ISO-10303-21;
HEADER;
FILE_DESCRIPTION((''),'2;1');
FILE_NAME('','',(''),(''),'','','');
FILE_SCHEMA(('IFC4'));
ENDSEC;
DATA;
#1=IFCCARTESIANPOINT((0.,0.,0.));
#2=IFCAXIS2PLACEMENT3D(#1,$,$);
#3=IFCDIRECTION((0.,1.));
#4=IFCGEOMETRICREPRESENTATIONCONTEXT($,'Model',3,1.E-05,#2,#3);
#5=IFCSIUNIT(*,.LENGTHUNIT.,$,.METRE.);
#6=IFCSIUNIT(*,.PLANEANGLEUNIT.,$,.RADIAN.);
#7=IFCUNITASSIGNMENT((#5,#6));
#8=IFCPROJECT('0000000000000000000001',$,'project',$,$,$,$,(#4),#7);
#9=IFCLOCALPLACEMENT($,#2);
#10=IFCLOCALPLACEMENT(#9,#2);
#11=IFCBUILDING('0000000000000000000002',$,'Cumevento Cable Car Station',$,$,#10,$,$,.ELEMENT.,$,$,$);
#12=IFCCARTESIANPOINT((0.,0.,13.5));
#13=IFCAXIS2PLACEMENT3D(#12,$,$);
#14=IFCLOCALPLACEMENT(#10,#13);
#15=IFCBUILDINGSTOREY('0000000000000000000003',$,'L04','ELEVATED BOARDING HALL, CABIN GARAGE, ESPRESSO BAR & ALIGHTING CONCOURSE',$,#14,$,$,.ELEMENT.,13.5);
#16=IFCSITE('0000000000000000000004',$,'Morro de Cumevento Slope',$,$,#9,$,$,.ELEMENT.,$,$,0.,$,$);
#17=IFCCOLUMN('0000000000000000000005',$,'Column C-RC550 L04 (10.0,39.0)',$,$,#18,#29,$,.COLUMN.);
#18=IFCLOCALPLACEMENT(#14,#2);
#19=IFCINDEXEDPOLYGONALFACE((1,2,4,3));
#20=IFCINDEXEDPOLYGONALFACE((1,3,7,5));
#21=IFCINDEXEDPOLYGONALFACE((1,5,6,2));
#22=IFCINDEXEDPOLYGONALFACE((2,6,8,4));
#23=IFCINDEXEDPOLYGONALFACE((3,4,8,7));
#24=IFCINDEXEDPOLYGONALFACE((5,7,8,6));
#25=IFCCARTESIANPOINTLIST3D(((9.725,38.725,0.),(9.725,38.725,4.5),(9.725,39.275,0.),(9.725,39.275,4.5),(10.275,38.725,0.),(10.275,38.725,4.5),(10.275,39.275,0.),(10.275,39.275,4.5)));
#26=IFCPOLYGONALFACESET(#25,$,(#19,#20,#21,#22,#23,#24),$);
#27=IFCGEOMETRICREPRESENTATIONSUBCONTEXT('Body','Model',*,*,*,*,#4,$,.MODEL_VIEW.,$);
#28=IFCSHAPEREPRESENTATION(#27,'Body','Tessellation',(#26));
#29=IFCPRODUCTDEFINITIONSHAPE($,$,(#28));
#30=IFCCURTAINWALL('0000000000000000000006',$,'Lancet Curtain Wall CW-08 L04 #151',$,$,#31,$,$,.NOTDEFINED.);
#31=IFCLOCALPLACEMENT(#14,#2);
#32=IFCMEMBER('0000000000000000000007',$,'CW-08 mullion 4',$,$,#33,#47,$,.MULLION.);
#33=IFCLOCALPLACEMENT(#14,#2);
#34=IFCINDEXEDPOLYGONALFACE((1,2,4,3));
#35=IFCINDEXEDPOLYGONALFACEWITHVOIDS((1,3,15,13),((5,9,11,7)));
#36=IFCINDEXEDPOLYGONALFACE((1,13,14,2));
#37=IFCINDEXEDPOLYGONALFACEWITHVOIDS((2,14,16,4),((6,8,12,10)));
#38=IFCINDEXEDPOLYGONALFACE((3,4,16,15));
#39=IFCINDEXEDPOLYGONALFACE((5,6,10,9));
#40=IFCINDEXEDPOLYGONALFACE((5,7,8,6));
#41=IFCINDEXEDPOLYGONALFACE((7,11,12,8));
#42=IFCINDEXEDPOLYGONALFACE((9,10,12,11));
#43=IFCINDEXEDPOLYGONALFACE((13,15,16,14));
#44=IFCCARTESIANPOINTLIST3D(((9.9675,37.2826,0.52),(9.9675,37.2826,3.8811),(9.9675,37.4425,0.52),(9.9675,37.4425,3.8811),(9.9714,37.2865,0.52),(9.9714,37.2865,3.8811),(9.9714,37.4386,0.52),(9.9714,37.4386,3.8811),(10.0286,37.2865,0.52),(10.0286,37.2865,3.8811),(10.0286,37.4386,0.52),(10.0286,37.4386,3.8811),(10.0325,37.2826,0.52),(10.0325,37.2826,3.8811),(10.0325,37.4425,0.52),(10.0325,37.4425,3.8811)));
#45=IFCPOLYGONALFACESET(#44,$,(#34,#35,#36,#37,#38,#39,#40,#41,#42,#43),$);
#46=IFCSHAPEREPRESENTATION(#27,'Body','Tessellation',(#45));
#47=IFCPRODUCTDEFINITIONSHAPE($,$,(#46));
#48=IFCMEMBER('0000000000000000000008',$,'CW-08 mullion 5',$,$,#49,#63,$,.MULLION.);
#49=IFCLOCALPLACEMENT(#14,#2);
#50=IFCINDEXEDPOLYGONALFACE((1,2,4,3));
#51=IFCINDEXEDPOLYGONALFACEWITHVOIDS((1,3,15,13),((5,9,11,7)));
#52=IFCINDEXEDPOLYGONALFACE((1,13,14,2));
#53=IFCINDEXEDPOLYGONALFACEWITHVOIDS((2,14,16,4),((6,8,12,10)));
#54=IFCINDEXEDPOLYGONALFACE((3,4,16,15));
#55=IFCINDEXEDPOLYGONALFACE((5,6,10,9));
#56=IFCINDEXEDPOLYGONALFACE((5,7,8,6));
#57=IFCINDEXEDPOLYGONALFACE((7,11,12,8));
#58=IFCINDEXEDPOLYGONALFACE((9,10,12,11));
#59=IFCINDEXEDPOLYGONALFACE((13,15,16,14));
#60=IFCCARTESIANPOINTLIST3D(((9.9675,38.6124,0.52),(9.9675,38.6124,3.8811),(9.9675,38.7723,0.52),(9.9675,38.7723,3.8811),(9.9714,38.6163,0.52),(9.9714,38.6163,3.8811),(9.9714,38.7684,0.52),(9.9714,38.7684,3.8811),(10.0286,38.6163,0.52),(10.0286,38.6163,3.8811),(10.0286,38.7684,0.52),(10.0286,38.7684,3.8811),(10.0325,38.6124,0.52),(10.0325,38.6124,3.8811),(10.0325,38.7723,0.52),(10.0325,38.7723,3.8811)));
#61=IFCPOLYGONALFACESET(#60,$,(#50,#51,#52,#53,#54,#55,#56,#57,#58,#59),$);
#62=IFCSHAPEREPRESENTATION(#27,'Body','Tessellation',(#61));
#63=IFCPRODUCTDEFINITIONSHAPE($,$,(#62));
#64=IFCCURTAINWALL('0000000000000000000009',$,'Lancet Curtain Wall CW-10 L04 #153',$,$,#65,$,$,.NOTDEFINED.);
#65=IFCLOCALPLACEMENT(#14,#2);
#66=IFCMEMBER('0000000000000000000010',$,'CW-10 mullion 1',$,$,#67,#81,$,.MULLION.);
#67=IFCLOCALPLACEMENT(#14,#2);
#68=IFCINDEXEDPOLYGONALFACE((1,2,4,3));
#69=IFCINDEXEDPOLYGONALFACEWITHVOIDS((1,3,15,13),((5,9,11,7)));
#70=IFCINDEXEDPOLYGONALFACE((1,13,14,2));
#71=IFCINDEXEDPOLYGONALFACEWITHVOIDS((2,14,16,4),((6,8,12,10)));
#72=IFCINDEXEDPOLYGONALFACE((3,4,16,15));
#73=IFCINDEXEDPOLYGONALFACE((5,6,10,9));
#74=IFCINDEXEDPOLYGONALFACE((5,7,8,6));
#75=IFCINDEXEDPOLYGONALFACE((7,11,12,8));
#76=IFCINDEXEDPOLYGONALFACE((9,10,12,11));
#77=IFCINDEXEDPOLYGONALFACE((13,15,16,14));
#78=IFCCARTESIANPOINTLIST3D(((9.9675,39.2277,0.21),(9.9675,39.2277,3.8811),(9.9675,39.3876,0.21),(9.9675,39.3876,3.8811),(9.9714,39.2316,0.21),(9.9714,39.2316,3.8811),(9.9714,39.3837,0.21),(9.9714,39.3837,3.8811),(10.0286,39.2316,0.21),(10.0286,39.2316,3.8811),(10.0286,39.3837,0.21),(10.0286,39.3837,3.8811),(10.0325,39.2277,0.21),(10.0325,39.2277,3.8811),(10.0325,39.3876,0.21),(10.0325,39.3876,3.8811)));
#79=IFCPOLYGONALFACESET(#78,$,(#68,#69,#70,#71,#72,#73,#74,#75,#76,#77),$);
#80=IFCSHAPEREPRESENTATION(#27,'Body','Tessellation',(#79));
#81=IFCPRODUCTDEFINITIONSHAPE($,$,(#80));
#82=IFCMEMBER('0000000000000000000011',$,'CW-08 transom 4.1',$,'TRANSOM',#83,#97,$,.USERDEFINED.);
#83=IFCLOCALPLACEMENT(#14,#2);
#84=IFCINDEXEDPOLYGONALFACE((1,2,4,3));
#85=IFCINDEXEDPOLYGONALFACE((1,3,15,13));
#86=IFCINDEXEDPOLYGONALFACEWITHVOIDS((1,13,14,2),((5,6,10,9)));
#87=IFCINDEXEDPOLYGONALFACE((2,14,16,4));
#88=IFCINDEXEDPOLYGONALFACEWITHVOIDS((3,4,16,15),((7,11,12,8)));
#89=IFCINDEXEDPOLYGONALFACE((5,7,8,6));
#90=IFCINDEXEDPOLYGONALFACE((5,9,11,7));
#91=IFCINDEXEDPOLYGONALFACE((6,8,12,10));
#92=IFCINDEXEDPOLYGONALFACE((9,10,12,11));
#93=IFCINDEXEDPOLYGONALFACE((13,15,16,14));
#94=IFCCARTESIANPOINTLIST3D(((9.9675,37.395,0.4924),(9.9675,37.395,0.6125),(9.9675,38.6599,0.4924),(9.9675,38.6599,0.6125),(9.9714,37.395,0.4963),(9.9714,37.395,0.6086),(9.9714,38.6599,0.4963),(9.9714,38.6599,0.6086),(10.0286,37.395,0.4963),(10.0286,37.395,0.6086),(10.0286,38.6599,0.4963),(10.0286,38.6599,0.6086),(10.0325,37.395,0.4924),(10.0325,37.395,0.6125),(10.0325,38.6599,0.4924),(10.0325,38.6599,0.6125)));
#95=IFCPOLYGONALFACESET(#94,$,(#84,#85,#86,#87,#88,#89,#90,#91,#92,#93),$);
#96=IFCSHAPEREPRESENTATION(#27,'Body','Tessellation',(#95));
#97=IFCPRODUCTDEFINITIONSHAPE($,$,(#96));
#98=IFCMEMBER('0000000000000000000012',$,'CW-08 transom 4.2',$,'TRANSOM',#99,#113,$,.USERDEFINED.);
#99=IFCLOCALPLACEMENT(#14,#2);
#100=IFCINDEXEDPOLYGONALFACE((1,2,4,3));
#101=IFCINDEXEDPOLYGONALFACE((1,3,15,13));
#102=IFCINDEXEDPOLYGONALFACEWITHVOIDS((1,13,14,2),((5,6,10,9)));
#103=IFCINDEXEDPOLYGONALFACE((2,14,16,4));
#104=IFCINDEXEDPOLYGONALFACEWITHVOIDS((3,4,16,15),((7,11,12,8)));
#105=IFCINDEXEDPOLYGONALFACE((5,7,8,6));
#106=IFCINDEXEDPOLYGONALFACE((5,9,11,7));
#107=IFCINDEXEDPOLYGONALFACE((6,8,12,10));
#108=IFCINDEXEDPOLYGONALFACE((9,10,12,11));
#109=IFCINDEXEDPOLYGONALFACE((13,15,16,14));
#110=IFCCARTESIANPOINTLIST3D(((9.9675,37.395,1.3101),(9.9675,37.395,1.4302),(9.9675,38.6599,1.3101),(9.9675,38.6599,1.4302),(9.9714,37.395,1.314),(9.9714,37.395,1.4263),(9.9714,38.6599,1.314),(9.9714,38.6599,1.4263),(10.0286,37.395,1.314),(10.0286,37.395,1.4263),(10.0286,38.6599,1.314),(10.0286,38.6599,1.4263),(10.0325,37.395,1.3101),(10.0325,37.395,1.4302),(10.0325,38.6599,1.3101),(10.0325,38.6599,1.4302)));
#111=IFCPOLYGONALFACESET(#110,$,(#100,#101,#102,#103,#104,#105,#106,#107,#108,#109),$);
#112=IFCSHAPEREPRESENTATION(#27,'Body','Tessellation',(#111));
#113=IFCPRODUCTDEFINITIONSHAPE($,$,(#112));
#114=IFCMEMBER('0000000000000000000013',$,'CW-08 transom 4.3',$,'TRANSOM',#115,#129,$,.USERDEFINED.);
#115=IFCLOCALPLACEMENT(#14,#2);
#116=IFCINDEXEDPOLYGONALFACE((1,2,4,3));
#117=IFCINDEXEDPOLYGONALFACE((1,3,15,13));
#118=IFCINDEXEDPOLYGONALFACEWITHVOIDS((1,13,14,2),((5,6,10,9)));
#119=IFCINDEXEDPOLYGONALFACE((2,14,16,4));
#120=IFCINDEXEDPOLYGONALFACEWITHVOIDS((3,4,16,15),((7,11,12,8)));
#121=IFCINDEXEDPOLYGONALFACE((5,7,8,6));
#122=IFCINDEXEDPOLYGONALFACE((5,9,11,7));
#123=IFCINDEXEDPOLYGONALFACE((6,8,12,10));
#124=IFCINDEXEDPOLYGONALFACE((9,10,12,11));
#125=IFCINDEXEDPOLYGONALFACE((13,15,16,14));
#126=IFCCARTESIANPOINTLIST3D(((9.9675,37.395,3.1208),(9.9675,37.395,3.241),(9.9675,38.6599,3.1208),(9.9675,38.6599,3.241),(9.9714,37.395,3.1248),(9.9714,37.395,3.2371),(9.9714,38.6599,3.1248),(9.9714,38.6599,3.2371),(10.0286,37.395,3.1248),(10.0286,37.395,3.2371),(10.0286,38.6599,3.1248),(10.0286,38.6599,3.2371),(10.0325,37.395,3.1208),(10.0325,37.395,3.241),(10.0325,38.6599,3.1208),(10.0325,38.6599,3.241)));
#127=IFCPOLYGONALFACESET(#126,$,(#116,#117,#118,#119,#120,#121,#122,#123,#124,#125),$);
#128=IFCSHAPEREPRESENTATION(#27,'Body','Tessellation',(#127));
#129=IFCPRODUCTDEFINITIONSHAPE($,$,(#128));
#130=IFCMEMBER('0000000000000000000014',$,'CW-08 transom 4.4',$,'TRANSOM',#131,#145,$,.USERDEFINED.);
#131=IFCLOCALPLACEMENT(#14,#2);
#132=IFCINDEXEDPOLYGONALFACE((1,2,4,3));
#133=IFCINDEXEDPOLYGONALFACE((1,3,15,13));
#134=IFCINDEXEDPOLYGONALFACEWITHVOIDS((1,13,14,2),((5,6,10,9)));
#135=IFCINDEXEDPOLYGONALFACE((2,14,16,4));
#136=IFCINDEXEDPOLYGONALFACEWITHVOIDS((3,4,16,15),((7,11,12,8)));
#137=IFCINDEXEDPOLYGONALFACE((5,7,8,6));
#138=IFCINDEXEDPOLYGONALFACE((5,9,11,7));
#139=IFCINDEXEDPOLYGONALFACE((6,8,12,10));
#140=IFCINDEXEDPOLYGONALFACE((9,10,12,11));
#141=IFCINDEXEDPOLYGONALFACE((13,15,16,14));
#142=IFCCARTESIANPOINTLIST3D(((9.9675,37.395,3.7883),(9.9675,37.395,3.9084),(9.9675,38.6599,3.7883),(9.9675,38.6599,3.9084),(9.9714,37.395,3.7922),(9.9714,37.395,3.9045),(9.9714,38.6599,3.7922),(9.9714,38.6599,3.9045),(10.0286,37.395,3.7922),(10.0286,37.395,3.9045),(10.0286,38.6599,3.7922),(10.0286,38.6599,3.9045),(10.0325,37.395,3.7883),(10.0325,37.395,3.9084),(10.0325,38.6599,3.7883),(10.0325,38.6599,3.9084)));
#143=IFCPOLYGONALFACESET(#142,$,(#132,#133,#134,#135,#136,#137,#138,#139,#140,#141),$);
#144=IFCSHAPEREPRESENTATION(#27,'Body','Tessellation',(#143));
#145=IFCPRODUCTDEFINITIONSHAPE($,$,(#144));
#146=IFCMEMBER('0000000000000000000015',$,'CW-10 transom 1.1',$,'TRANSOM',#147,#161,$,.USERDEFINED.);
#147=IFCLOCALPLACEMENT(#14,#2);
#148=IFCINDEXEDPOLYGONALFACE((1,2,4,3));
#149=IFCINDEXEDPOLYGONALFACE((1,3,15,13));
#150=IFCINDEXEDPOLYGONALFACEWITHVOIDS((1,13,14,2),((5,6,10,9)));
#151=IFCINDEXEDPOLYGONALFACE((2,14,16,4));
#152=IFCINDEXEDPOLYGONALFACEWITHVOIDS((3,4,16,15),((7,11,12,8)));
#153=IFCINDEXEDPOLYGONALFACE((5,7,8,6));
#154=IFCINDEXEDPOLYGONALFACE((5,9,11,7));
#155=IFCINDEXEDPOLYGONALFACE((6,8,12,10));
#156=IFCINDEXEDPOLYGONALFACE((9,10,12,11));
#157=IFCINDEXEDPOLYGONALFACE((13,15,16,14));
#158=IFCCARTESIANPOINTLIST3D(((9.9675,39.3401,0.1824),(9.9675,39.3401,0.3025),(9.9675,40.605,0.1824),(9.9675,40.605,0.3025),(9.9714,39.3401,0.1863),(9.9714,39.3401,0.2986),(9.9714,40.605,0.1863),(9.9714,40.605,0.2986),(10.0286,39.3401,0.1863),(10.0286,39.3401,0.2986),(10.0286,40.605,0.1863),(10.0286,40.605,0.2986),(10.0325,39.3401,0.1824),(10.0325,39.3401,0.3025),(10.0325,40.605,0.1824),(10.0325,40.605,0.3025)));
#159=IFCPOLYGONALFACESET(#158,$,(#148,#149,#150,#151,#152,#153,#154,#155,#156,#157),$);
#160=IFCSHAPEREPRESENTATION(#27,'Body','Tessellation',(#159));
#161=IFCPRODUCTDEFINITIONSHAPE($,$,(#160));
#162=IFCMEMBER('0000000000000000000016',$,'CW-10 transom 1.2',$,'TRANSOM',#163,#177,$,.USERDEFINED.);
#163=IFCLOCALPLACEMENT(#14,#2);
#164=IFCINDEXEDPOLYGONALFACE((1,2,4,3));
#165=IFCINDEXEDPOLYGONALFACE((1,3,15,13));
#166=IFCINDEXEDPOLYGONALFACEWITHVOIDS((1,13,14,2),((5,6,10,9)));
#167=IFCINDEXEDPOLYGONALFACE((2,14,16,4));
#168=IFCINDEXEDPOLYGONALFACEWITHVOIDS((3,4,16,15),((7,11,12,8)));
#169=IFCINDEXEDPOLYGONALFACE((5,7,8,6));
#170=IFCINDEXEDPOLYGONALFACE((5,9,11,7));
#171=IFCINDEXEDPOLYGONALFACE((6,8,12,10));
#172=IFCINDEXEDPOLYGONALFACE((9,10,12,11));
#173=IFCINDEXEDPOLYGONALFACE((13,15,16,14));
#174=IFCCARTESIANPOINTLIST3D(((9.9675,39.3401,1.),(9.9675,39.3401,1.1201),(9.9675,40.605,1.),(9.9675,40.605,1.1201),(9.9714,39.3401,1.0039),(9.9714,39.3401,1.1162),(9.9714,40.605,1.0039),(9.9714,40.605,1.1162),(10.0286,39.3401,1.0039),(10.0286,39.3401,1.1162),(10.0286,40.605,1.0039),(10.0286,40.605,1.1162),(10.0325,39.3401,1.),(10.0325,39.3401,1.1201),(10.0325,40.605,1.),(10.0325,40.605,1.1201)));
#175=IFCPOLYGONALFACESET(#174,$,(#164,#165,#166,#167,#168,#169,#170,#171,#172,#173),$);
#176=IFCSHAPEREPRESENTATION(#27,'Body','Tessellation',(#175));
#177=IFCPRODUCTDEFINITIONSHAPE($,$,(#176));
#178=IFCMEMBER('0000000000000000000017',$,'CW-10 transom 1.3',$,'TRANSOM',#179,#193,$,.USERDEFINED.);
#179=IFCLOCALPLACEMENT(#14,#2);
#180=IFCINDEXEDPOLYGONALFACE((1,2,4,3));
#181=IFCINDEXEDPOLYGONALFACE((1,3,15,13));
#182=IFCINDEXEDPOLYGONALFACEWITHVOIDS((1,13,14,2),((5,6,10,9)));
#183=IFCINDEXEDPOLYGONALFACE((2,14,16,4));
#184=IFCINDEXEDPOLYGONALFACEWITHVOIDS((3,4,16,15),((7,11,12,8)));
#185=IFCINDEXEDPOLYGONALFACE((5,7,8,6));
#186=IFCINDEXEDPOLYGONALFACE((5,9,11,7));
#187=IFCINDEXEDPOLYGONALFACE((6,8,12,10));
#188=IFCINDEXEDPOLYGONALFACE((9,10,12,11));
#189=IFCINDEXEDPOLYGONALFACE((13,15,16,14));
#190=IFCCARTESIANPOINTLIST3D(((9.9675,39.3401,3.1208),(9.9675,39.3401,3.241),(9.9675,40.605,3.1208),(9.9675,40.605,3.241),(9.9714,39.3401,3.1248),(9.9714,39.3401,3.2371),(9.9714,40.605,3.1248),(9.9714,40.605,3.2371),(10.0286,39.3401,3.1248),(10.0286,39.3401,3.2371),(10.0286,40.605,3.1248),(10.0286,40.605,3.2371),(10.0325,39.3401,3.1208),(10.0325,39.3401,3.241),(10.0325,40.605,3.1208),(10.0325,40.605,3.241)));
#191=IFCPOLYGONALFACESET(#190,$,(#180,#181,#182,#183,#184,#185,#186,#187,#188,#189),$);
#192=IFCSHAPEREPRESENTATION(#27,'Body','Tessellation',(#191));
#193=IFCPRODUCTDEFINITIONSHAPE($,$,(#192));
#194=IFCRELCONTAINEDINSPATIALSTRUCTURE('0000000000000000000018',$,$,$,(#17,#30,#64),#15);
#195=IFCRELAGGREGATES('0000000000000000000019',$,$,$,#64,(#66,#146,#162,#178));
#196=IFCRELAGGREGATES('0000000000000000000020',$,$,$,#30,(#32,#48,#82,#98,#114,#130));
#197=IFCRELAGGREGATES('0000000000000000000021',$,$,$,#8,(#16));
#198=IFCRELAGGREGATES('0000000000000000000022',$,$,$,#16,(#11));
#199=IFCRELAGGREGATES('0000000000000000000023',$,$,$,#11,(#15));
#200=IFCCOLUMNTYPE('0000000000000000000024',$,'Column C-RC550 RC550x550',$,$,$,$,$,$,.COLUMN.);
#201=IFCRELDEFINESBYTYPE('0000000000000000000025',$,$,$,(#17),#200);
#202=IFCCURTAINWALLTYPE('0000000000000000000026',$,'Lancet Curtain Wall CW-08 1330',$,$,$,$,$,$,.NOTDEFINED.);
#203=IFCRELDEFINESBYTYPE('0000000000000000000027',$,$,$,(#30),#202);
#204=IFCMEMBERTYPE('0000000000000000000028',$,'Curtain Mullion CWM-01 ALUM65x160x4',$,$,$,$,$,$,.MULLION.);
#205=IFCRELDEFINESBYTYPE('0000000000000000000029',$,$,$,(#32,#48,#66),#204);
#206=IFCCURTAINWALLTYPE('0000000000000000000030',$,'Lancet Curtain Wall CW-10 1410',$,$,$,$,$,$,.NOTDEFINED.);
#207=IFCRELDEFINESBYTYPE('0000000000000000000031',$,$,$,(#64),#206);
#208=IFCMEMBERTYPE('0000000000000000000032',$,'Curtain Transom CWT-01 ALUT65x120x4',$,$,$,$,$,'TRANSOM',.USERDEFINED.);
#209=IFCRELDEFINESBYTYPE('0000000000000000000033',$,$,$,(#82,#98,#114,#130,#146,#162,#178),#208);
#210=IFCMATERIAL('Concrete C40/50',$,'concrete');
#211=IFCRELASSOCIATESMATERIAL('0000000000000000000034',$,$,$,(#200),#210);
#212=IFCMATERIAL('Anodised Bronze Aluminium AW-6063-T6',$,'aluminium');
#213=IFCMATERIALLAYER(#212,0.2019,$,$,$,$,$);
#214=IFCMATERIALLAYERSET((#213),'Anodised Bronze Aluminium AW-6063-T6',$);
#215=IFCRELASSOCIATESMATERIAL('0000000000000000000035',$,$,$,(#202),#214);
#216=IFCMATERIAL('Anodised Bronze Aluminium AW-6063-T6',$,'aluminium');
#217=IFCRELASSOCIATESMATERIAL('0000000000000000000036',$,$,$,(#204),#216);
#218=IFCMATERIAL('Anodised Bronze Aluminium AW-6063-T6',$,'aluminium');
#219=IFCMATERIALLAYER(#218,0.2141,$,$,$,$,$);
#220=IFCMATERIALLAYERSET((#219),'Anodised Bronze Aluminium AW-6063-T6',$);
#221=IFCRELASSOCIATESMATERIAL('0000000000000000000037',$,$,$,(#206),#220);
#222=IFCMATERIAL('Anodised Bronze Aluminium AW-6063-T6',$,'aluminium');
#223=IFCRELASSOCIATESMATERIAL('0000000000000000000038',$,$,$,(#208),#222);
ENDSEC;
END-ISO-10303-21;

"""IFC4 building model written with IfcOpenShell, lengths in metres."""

from ifc_helpers import new_model, si_unit, direction, frame, origin, origin_2d, place, context, subcontext, project, spatial, rectangle, hollow_rectangle, extrude, material, layer, layer_set, material_profile, profile_set, type_object, element, aggregate, save


model = new_model("IFC4")

# Units and contexts
model_context = context("Model", 3, precision=1e-05, world=origin(), true_north=direction((0.0, 1.0)))
body_context = subcontext(model_context, "Body", "Model", "MODEL_VIEW")
ifc_project = project(units=[si_unit("LENGTHUNIT", "METRE"), si_unit("PLANEANGLEUNIT", "RADIAN")], contexts=[model_context])

# Site, building, storey
site_placement = place(None, origin())
site = spatial("IfcSite", under=ifc_project, at=site_placement, Name="Morro de Cumevento Slope", CompositionType="ELEMENT", RefElevation=0.0)
building_placement = place(site_placement, origin())
building = spatial("IfcBuilding", under=site, at=building_placement, Name="Cumevento Cable Car Station", CompositionType="ELEMENT")
storey_placement = place(building_placement, frame((0.0, 0.0, 13.5)))
storey = spatial("IfcBuildingStorey", under=building, at=storey_placement, Name="L04", Description="ELEVATED BOARDING HALL, CABIN GARAGE, ESPRESSO BAR & ALIGHTING CONCOURSE", CompositionType="ELEMENT", Elevation=13.5)

# Column
ifc_material_1 = material(Name="Concrete C40/50", Category="concrete")
ifc_material_profile_1 = material_profile(ifc_material_1, rectangle(XDim=0.55, YDim=0.55, at=origin_2d()), Name="RC550x550")
ifc_profile_set_1 = profile_set([ifc_material_profile_1], Name="Concrete C40/50")
column_type = type_object("IfcColumnType", Name="Column C-RC550 RC550x550", PredefinedType="COLUMN", material=ifc_profile_set_1)
column_placement = place(storey_placement, frame((10.0, 39.0, 0.0), z_axis=(0.0, 0.0, 1.0), x_axis=(1.0, 0.0, 0.0)))
element("IfcColumn", 1, at=column_placement, inside=storey, type_object=column_type, Name="Column C-RC550 L04 (10.0,39.0)", PredefinedType="COLUMN", context=body_context, shape_type="SweptSolid", body=[
    extrude(rectangle(XDim=0.55, YDim=0.55, at=origin_2d()), origin(), (0.0, 0.0, 1.0), 4.5),
])

# Curtain wall, members
ifc_material_2 = material(Name="Anodised Bronze Aluminium AW-6063-T6", Category="aluminium")
ifc_layer_1 = layer(ifc_material_2, 0.2019)
ifc_layer_set_1 = layer_set([ifc_layer_1], Name="Anodised Bronze Aluminium AW-6063-T6")
curtain_wall_type_1 = type_object("IfcCurtainWallType", Name="Lancet Curtain Wall CW-08 1330", PredefinedType="NOTDEFINED", material=ifc_layer_set_1)
curtain_wall_1_placement = place(storey_placement, origin())
curtain_wall_1 = element("IfcCurtainWall", 2, at=curtain_wall_1_placement, inside=storey, type_object=curtain_wall_type_1, Name="Lancet Curtain Wall CW-08 L04 #151", PredefinedType="NOTDEFINED")
ifc_material_3 = material(Name="Anodised Bronze Aluminium AW-6063-T6", Category="aluminium")
ifc_material_profile_2 = material_profile(ifc_material_3, hollow_rectangle(XDim=0.0649, YDim=0.1599, WallThickness=0.0039, at=origin_2d()), Name="ALUM65x160x4")
ifc_profile_set_2 = profile_set([ifc_material_profile_2], Name="Anodised Bronze Aluminium AW-6063-T6")
member_type_1 = type_object("IfcMemberType", Name="Curtain Mullion CWM-01 ALUM65x160x4", PredefinedType="MULLION", material=ifc_profile_set_2)
member_1_placement = place(storey_placement, frame((10.0, 37.3625, 0.52), z_axis=(0.0, 0.0, 1.0), x_axis=(-1.0, 0.0, 0.0)))
member_1 = element("IfcMember", 3, at=member_1_placement, type_object=member_type_1, Name="CW-08 mullion 4", PredefinedType="MULLION", context=body_context, shape_type="SweptSolid", body=[
    extrude(hollow_rectangle(XDim=0.0649, YDim=0.1599, WallThickness=0.0039, at=origin_2d()), origin(), (0.0, 0.0, 1.0), 3.3611),
])
member_2_placement = place(storey_placement, frame((10.0, 38.6924, 0.52), z_axis=(0.0, 0.0, 1.0), x_axis=(-1.0, 0.0, 0.0)))
member_2 = element("IfcMember", 4, at=member_2_placement, type_object=member_type_1, Name="CW-08 mullion 5", PredefinedType="MULLION", context=body_context, shape_type="SweptSolid", body=[
    extrude(hollow_rectangle(XDim=0.0649, YDim=0.1599, WallThickness=0.0039, at=origin_2d()), origin(), (0.0, 0.0, 1.0), 3.3611),
])

# Curtain wall, member
ifc_material_4 = material(Name="Anodised Bronze Aluminium AW-6063-T6", Category="aluminium")
ifc_layer_2 = layer(ifc_material_4, 0.2141)
ifc_layer_set_2 = layer_set([ifc_layer_2], Name="Anodised Bronze Aluminium AW-6063-T6")
curtain_wall_type_2 = type_object("IfcCurtainWallType", Name="Lancet Curtain Wall CW-10 1410", PredefinedType="NOTDEFINED", material=ifc_layer_set_2)
curtain_wall_2_placement = place(storey_placement, origin())
curtain_wall_2 = element("IfcCurtainWall", 5, at=curtain_wall_2_placement, inside=storey, type_object=curtain_wall_type_2, Name="Lancet Curtain Wall CW-10 L04 #153", PredefinedType="NOTDEFINED")
member_3_placement = place(storey_placement, frame((10.0, 39.3076, 0.21), z_axis=(0.0, 0.0, 1.0), x_axis=(-1.0, 0.0, 0.0)))
member_3 = element("IfcMember", 6, at=member_3_placement, type_object=member_type_1, Name="CW-10 mullion 1", PredefinedType="MULLION", context=body_context, shape_type="SweptSolid", body=[
    extrude(hollow_rectangle(XDim=0.0649, YDim=0.1599, WallThickness=0.0039, at=origin_2d()), origin(), (0.0, 0.0, 1.0), 3.6711),
])

# Members
ifc_material_5 = material(Name="Anodised Bronze Aluminium AW-6063-T6", Category="aluminium")
ifc_material_profile_3 = material_profile(ifc_material_5, hollow_rectangle(XDim=0.0649, YDim=0.1201, WallThickness=0.0039, at=origin_2d()), Name="ALUT65x120x4")
ifc_profile_set_3 = profile_set([ifc_material_profile_3], Name="Anodised Bronze Aluminium AW-6063-T6")
member_type_2 = type_object("IfcMemberType", Name="Curtain Transom CWT-01 ALUT65x120x4", ElementType="TRANSOM", PredefinedType="USERDEFINED", material=ifc_profile_set_3)
member_4_placement = place(storey_placement, frame((10.0, 37.395, 0.5525), z_axis=(0.0, 1.0, 0.0), x_axis=(-1.0, 0.0, 0.0)))
member_4 = element("IfcMember", 7, at=member_4_placement, type_object=member_type_2, Name="CW-08 transom 4.1", ObjectType="TRANSOM", PredefinedType="USERDEFINED", context=body_context, shape_type="SweptSolid", body=[
    extrude(hollow_rectangle(XDim=0.0649, YDim=0.1201, WallThickness=0.0039, at=origin_2d()), origin(), (0.0, 0.0, 1.0), 1.2649),
])
member_5_placement = place(storey_placement, frame((10.0, 37.395, 1.3701), z_axis=(0.0, 1.0, 0.0), x_axis=(-1.0, 0.0, 0.0)))
member_5 = element("IfcMember", 8, at=member_5_placement, type_object=member_type_2, Name="CW-08 transom 4.2", ObjectType="TRANSOM", PredefinedType="USERDEFINED", context=body_context, shape_type="SweptSolid", body=[
    extrude(hollow_rectangle(XDim=0.0649, YDim=0.1201, WallThickness=0.0039, at=origin_2d()), origin(), (0.0, 0.0, 1.0), 1.2649),
])
member_6_placement = place(storey_placement, frame((10.0, 37.395, 3.1809), z_axis=(0.0, 1.0, 0.0), x_axis=(-1.0, 0.0, 0.0)))
member_6 = element("IfcMember", 9, at=member_6_placement, type_object=member_type_2, Name="CW-08 transom 4.3", ObjectType="TRANSOM", PredefinedType="USERDEFINED", context=body_context, shape_type="SweptSolid", body=[
    extrude(hollow_rectangle(XDim=0.0649, YDim=0.1201, WallThickness=0.0039, at=origin_2d()), origin(), (0.0, 0.0, 1.0), 1.2649),
])
member_7_placement = place(storey_placement, frame((10.0, 37.395, 3.8484), z_axis=(0.0, 1.0, 0.0), x_axis=(-1.0, 0.0, 0.0)))
member_7 = element("IfcMember", 10, at=member_7_placement, type_object=member_type_2, Name="CW-08 transom 4.4", ObjectType="TRANSOM", PredefinedType="USERDEFINED", context=body_context, shape_type="SweptSolid", body=[
    extrude(hollow_rectangle(XDim=0.0649, YDim=0.1201, WallThickness=0.0039, at=origin_2d()), origin(), (0.0, 0.0, 1.0), 1.2649),
])
member_8_placement = place(storey_placement, frame((10.0, 39.3401, 0.2424), z_axis=(0.0, 1.0, 0.0), x_axis=(-1.0, 0.0, 0.0)))
member_8 = element("IfcMember", 11, at=member_8_placement, type_object=member_type_2, Name="CW-10 transom 1.1", ObjectType="TRANSOM", PredefinedType="USERDEFINED", context=body_context, shape_type="SweptSolid", body=[
    extrude(hollow_rectangle(XDim=0.0649, YDim=0.1201, WallThickness=0.0039, at=origin_2d()), origin(), (0.0, 0.0, 1.0), 1.2649),
])
member_9_placement = place(storey_placement, frame((10.0, 39.3401, 1.0601), z_axis=(0.0, 1.0, 0.0), x_axis=(-1.0, 0.0, 0.0)))
member_9 = element("IfcMember", 12, at=member_9_placement, type_object=member_type_2, Name="CW-10 transom 1.2", ObjectType="TRANSOM", PredefinedType="USERDEFINED", context=body_context, shape_type="SweptSolid", body=[
    extrude(hollow_rectangle(XDim=0.0649, YDim=0.1201, WallThickness=0.0039, at=origin_2d()), origin(), (0.0, 0.0, 1.0), 1.2649),
])
member_10_placement = place(storey_placement, frame((10.0, 39.3401, 3.1809), z_axis=(0.0, 1.0, 0.0), x_axis=(-1.0, 0.0, 0.0)))
member_10 = element("IfcMember", 13, at=member_10_placement, type_object=member_type_2, Name="CW-10 transom 1.3", ObjectType="TRANSOM", PredefinedType="USERDEFINED", context=body_context, shape_type="SweptSolid", body=[
    extrude(hollow_rectangle(XDim=0.0649, YDim=0.1201, WallThickness=0.0039, at=origin_2d()), origin(), (0.0, 0.0, 1.0), 1.2649),
])
aggregate(curtain_wall_2, [member_3, member_8, member_9, member_10])

aggregate(curtain_wall_1, [member_1, member_2, member_4, member_5, member_6, member_7])

save(model, "model.ifc")
